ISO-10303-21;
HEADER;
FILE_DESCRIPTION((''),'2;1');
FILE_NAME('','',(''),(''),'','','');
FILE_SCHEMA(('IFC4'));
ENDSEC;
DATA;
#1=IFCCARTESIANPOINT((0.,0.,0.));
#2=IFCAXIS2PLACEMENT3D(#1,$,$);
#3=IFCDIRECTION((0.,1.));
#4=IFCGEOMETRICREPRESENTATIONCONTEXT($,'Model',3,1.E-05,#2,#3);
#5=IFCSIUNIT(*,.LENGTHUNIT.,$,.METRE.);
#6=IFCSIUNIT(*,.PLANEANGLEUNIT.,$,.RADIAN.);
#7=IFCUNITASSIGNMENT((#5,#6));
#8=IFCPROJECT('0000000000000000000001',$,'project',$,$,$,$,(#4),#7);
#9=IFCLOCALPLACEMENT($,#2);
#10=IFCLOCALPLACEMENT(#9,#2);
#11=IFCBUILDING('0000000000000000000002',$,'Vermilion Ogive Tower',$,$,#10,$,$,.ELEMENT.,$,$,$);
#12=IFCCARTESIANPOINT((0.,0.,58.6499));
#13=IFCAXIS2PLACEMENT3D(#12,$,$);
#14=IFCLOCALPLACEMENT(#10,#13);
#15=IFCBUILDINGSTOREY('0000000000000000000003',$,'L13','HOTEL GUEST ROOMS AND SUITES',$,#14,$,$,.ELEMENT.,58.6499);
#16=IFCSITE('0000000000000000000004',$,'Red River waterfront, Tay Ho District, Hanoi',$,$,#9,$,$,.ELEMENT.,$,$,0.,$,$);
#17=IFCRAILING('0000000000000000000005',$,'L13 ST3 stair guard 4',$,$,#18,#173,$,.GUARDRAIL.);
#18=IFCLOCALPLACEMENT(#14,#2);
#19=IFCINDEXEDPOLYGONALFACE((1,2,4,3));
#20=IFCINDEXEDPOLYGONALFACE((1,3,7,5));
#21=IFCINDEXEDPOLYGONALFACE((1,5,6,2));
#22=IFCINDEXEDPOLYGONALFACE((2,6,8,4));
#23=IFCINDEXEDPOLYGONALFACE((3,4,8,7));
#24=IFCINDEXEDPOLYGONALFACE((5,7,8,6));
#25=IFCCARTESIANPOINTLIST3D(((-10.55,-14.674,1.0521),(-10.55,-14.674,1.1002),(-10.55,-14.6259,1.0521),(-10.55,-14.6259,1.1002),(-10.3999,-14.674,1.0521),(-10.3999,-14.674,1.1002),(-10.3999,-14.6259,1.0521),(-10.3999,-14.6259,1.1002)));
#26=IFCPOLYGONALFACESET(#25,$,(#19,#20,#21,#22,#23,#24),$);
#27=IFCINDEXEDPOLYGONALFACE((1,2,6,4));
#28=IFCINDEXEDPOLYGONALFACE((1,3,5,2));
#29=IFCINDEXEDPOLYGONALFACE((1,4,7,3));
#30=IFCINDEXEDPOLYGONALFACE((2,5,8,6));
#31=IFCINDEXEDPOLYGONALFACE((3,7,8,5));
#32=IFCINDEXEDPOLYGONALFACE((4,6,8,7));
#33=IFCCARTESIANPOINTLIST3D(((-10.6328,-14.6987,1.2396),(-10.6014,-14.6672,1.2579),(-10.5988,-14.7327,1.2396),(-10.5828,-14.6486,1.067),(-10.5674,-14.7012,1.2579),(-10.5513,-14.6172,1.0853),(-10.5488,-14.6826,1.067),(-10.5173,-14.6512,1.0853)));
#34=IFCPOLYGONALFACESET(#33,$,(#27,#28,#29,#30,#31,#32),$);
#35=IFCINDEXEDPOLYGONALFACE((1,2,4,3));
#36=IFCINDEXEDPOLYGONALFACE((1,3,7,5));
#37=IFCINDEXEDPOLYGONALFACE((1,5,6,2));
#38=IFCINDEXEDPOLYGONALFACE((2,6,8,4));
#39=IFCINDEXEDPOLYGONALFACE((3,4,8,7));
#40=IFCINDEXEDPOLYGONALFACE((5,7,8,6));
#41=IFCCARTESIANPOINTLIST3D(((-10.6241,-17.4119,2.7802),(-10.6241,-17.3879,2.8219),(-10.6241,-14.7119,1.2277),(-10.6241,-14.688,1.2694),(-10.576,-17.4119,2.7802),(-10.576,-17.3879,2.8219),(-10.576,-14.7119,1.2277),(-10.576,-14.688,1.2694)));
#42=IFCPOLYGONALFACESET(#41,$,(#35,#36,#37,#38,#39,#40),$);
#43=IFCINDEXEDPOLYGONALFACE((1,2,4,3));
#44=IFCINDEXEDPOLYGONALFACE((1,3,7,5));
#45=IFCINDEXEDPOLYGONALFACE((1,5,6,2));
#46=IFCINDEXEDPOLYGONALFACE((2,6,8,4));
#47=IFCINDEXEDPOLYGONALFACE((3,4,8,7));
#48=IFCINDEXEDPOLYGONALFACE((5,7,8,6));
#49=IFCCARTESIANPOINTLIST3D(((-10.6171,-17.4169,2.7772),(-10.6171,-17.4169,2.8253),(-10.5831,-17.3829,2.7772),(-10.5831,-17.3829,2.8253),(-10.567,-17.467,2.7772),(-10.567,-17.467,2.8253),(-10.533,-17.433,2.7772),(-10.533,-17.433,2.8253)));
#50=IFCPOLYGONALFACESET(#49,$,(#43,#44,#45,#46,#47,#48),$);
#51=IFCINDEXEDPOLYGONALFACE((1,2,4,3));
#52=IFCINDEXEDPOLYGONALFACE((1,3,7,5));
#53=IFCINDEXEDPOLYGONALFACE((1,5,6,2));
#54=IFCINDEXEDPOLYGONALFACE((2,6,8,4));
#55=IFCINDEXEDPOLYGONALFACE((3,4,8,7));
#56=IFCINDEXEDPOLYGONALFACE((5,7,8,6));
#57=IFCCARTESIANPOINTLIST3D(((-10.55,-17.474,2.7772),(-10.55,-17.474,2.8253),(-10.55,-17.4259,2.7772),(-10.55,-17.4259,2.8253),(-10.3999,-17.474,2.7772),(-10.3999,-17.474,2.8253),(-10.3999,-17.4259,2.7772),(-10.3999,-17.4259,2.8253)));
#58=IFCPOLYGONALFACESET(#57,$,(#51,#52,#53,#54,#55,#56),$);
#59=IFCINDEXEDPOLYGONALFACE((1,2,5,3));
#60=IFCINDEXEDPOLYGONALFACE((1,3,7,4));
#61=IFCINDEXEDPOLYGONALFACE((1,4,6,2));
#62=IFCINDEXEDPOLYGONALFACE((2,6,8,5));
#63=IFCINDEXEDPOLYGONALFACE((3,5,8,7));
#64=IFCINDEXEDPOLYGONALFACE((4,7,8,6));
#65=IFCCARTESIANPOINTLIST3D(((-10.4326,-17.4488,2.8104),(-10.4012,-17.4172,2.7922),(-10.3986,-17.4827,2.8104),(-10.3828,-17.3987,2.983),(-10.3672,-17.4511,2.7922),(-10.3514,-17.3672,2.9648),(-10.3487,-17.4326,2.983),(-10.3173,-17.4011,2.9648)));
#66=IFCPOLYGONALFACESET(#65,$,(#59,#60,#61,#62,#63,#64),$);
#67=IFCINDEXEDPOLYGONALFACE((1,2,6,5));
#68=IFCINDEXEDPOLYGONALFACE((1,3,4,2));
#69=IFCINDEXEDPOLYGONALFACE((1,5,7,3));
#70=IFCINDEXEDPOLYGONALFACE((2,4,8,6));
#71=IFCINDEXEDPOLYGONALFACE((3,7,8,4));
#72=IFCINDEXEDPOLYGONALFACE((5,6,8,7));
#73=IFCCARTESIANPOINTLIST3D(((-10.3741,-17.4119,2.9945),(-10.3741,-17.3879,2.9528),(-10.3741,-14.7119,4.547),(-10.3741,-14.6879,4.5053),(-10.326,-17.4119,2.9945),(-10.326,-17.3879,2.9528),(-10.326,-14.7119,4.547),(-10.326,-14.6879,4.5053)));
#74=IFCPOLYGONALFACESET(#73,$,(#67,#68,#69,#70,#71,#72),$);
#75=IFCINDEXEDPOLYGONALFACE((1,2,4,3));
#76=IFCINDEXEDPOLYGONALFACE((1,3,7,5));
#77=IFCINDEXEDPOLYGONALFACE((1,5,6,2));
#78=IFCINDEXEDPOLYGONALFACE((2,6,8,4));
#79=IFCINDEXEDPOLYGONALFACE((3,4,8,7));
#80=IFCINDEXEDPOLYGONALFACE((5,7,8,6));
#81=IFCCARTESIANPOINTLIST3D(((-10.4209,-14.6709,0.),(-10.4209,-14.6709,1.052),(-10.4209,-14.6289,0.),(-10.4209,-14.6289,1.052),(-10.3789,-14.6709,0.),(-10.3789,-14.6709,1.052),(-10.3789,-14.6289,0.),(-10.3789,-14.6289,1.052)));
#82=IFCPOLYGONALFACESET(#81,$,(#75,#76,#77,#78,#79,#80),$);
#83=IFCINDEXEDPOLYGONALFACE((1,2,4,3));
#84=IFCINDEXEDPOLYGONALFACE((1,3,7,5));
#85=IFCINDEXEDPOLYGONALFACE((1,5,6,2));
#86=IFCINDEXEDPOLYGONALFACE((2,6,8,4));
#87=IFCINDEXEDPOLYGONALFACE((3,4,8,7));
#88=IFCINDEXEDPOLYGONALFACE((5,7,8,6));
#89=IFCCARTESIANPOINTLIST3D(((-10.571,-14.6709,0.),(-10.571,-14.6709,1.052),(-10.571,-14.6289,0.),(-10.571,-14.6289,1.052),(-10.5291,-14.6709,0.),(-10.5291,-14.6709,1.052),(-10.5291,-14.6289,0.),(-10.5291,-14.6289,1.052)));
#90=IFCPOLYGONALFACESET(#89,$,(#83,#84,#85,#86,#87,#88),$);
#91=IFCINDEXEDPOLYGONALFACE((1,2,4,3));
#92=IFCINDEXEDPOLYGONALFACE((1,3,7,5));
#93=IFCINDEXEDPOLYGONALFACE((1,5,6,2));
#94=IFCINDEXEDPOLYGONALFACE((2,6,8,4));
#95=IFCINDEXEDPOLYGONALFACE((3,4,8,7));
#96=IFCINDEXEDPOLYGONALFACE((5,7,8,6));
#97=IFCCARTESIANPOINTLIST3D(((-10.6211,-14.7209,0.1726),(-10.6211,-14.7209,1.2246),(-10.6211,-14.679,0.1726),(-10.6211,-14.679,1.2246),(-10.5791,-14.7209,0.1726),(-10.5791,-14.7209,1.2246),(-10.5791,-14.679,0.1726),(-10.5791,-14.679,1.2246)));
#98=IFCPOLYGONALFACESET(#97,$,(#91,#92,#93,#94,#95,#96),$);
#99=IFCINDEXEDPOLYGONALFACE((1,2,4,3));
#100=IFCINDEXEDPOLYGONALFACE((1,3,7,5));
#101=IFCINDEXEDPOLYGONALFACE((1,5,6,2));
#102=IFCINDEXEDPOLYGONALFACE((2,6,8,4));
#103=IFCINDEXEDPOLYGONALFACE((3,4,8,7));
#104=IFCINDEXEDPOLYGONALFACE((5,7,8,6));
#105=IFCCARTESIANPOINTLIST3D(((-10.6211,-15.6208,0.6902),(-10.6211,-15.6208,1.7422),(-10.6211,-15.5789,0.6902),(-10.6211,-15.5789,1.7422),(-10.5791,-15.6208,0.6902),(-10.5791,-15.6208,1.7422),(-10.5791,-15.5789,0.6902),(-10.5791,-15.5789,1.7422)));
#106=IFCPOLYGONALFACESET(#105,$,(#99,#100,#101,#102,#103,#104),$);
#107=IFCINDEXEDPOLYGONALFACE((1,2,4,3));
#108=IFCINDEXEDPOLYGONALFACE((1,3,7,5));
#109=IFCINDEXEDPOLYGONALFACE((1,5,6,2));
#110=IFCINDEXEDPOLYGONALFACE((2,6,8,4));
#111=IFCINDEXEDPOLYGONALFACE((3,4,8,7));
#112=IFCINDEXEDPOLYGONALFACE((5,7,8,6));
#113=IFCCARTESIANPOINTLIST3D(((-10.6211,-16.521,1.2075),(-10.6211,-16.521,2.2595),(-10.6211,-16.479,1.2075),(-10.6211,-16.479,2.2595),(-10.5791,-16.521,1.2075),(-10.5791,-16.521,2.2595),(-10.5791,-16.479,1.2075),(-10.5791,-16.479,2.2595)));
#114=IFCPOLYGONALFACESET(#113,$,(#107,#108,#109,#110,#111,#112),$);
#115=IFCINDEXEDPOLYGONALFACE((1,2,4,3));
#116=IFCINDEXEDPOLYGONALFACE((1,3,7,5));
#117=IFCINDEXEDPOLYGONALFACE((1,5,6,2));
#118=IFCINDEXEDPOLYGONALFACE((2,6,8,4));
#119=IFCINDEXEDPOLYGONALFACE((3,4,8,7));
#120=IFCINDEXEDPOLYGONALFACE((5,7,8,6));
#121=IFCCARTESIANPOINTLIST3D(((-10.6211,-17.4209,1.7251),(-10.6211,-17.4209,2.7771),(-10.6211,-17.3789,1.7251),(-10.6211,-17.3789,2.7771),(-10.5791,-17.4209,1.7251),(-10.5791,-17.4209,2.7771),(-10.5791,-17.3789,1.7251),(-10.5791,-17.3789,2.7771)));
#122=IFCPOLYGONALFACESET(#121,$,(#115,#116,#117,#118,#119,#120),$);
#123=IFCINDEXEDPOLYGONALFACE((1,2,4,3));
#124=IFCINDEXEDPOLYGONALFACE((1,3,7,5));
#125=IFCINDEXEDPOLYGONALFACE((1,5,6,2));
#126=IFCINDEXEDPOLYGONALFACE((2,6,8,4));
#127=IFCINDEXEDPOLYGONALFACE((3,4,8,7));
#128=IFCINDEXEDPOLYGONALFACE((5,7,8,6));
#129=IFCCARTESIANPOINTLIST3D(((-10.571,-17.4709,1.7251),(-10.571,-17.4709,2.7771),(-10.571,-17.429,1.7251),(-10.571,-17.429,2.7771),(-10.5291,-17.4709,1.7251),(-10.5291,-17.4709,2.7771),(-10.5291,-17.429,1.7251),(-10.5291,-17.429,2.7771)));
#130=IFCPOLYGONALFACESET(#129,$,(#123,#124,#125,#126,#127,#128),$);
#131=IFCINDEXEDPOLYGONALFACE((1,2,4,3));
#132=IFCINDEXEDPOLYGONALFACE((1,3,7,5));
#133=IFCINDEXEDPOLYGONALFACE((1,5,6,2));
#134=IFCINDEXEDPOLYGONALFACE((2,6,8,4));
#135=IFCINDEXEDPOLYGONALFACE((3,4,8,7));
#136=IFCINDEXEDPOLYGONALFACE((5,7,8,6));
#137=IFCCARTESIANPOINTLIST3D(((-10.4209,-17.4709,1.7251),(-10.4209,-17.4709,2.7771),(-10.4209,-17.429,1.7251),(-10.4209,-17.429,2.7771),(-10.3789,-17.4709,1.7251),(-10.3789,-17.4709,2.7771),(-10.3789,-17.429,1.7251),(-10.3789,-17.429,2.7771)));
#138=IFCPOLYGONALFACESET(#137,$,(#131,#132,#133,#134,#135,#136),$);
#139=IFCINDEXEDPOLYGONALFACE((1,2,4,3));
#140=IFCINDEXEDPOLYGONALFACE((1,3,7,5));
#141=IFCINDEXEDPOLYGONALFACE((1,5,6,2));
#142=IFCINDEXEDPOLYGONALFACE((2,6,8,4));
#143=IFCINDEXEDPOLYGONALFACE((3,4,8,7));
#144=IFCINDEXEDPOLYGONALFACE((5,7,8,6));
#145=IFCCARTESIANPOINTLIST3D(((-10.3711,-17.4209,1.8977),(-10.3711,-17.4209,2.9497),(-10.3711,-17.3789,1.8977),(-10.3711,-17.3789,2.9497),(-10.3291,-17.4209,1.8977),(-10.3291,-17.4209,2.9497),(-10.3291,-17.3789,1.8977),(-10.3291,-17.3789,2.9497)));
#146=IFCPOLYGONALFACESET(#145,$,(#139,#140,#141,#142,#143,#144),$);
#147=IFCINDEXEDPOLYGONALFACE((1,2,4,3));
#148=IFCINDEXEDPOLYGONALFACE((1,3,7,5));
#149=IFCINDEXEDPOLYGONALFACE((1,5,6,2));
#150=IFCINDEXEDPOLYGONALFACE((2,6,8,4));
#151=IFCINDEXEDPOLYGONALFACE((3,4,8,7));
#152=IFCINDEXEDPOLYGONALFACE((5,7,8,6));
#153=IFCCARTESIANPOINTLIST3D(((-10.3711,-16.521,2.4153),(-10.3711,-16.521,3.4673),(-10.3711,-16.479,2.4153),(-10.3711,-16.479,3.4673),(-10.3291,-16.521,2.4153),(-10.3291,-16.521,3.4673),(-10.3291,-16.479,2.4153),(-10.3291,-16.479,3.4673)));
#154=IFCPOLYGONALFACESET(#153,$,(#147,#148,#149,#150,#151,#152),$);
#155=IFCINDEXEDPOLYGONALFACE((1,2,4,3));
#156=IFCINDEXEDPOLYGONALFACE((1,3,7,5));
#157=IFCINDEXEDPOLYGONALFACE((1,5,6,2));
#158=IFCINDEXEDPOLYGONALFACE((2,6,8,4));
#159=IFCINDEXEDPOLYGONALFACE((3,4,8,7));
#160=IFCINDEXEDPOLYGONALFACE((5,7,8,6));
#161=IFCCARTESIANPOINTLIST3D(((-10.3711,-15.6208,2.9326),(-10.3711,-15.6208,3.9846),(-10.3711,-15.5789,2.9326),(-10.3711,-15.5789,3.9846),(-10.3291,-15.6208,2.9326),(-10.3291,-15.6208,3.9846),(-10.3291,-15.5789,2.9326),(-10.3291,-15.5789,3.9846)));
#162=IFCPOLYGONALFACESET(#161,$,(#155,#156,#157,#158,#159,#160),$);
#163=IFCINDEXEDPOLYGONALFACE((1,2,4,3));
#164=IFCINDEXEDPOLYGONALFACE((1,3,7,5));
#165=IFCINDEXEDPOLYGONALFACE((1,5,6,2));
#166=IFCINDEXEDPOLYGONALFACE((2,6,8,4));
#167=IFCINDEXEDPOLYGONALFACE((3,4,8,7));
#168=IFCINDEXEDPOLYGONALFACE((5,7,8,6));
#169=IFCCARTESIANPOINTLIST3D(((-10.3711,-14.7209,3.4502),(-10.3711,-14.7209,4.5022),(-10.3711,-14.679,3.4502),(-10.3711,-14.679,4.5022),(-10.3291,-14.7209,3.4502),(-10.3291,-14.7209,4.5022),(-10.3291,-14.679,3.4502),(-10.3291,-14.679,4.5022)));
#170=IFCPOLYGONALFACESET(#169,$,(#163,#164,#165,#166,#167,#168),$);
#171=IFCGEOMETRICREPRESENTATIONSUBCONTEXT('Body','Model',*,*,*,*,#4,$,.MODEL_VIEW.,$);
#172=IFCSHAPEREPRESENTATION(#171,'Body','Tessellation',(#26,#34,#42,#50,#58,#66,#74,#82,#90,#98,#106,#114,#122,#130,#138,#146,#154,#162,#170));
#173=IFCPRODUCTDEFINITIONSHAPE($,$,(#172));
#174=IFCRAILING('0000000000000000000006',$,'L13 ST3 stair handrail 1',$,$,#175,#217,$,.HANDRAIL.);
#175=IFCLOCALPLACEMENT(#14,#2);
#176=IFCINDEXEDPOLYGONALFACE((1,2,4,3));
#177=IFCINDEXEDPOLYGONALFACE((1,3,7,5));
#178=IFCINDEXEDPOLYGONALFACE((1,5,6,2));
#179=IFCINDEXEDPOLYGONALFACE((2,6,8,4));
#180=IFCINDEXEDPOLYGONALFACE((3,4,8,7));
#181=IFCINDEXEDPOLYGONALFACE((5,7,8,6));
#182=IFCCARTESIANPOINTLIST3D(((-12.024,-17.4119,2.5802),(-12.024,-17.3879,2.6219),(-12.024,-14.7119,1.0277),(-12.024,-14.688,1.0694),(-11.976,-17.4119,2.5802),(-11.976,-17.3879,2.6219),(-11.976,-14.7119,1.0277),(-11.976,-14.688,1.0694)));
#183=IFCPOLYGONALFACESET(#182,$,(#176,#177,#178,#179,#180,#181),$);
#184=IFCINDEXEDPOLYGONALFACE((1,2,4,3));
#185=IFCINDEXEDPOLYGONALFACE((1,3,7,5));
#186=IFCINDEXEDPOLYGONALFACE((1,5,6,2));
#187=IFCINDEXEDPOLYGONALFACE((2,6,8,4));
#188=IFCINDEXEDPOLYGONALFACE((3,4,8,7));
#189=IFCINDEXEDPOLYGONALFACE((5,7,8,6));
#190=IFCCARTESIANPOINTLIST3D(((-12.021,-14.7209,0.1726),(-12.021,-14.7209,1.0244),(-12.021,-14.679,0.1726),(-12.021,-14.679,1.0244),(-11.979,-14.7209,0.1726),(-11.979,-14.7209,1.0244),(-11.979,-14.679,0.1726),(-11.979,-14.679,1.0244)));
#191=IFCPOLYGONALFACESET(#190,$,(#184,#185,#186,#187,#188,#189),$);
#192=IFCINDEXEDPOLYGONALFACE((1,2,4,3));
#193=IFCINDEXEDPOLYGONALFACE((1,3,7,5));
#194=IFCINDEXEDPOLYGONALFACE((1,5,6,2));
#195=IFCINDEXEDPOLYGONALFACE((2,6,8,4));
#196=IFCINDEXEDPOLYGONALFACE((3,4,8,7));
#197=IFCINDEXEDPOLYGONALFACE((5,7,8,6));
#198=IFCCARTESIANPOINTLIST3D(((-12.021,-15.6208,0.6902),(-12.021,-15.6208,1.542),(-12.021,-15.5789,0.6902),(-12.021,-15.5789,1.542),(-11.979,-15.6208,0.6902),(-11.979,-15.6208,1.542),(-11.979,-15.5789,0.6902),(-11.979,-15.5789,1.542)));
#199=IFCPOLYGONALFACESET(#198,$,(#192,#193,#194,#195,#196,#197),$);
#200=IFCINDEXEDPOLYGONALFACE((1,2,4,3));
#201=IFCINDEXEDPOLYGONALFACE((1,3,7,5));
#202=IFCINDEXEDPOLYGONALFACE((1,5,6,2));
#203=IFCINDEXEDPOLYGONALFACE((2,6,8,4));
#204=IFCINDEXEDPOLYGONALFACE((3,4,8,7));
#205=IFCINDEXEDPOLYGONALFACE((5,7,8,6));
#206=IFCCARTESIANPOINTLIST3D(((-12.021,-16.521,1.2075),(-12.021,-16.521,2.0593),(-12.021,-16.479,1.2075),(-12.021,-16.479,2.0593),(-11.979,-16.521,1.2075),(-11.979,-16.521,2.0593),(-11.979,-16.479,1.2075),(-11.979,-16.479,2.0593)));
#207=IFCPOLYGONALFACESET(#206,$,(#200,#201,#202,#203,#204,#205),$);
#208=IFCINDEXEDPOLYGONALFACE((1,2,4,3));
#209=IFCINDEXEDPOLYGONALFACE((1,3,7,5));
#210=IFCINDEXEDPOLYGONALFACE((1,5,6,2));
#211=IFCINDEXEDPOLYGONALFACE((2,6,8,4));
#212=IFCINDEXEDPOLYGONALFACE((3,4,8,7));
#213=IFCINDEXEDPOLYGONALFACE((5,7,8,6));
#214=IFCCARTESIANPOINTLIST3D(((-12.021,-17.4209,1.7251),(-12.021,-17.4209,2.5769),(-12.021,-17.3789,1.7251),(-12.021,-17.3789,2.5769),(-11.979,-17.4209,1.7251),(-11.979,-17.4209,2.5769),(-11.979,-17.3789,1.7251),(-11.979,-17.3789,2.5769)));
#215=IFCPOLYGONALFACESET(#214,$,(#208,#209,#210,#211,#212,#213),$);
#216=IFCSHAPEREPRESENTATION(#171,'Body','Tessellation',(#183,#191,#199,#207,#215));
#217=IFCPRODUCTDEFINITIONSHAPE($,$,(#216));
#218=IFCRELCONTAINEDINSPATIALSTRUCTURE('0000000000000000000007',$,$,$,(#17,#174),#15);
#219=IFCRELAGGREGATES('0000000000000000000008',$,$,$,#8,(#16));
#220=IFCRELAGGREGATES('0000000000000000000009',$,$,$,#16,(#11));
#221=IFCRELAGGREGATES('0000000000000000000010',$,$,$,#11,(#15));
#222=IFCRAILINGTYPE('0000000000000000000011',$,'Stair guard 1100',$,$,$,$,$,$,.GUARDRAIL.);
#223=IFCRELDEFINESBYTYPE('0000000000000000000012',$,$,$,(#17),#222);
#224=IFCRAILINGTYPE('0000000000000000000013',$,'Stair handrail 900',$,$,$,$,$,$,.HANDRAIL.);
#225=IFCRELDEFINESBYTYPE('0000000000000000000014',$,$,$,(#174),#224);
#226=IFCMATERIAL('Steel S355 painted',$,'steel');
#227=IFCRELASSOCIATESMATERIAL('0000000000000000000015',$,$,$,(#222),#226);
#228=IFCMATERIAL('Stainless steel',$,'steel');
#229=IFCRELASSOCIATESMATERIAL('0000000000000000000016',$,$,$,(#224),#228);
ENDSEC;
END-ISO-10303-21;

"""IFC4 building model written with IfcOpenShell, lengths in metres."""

from ifc_helpers import new_model, si_unit, direction, frame, origin, origin_2d, place, context, subcontext, project, spatial, rectangle, extrude, material, type_object, element, save


model = new_model("IFC4")

# Units and contexts
model_context = context("Model", 3, precision=1e-05, world=origin(), true_north=direction((0.0, 1.0)))
body_context = subcontext(model_context, "Body", "Model", "MODEL_VIEW")
ifc_project = project(units=[si_unit("LENGTHUNIT", "METRE"), si_unit("PLANEANGLEUNIT", "RADIAN")], contexts=[model_context])

# Site, building, storey
site_placement = place(None, origin())
site = spatial("IfcSite", under=ifc_project, at=site_placement, Name="Red River waterfront, Tay Ho District, Hanoi", CompositionType="ELEMENT", RefElevation=0.0)
building_placement = place(site_placement, origin())
building = spatial("IfcBuilding", under=site, at=building_placement, Name="Vermilion Ogive Tower", CompositionType="ELEMENT")
storey_placement = place(building_placement, frame((0.0, 0.0, 58.6499)))
storey = spatial("IfcBuildingStorey", under=building, at=storey_placement, Name="L13", Description="HOTEL GUEST ROOMS AND SUITES", CompositionType="ELEMENT", Elevation=58.6499)

# Railings
ifc_material_1 = material(Name="Steel S355 painted", Category="steel")
railing_type_1 = type_object("IfcRailingType", Name="Stair guard 1100", PredefinedType="GUARDRAIL", material=ifc_material_1)
railing_1_placement = place(storey_placement, frame((-10.3999, -14.6499, 0.0)))
element("IfcRailing", 1, at=railing_1_placement, inside=storey, type_object=railing_type_1, Name="L13 ST3 stair guard 4", PredefinedType="GUARDRAIL", context=body_context, shape_type="SweptSolid", body=[
    extrude(rectangle(XDim=0.0481, YDim=0.0481, at=origin_2d()), frame((0.0, 0.0, 1.0762), z_axis=(-1.0, 0.0, 0.0), x_axis=(0.0, -1.0, 0.0)), (0.0, 0.0, 1.0), 0.1501),
    extrude(rectangle(XDim=0.0481, YDim=0.0481, at=origin_2d()), frame((-0.1501, 0.0, 1.0762), z_axis=(-0.268278, -0.268278, 0.925232), x_axis=(0.707107, -0.707107, 0.0)), (0.0, 0.0, 1.0), 0.1865),
    extrude(rectangle(XDim=0.0481, YDim=0.0481, at=origin_2d()), frame((-0.2002, -0.05, 1.2485), z_axis=(0.0, -0.866904, 0.498476), x_axis=(1.0, 0.0, 0.0)), (0.0, 0.0, 1.0), 3.1145),
    extrude(rectangle(XDim=0.0481, YDim=0.0481, at=origin_2d()), frame((-0.2002, -2.75, 2.8013), z_axis=(0.707107, -0.707107, 0.0), x_axis=(0.707107, 0.707107, 0.0)), (0.0, 0.0, 1.0), 0.0708),
    extrude(rectangle(XDim=0.0481, YDim=0.0481, at=origin_2d()), frame((-0.1501, -2.8, 2.8013), z_axis=(1.0, 0.0, 0.0), x_axis=(0.0, 1.0, 0.0)), (0.0, 0.0, 1.0), 0.1501),
    extrude(rectangle(XDim=0.0481, YDim=0.0481, at=origin_2d()), frame((0.0, -2.8, 2.8013), z_axis=(0.267063, 0.268372, 0.925556), x_axis=(-0.708834, 0.705376, 0.0)), (0.0, 0.0, 1.0), 0.1865),
    extrude(rectangle(XDim=0.0481, YDim=0.0481, at=origin_2d()), frame((0.0498, -2.75, 2.9736), z_axis=(0.0, 0.866904, 0.498476), x_axis=(-1.0, 0.0, 0.0)), (0.0, 0.0, 1.0), 3.1145),
    extrude(rectangle(XDim=0.042, YDim=0.042, at=origin_2d()), origin(), (0.0, 0.0, 1.0), 1.052),
    extrude(rectangle(XDim=0.042, YDim=0.042, at=origin_2d()), frame((-0.1501, 0.0, 0.0)), (0.0, 0.0, 1.0), 1.052),
    extrude(rectangle(XDim=0.042, YDim=0.042, at=origin_2d()), frame((-0.2002, -0.05, 0.1726)), (0.0, 0.0, 1.0), 1.052),
    extrude(rectangle(XDim=0.042, YDim=0.042, at=origin_2d()), frame((-0.2002, -0.95, 0.6902)), (0.0, 0.0, 1.0), 1.052),
    extrude(rectangle(XDim=0.042, YDim=0.042, at=origin_2d()), frame((-0.2002, -1.8501, 1.2075)), (0.0, 0.0, 1.0), 1.052),
    extrude(rectangle(XDim=0.042, YDim=0.042, at=origin_2d()), frame((-0.2002, -2.75, 1.7251)), (0.0, 0.0, 1.0), 1.052),
    extrude(rectangle(XDim=0.042, YDim=0.042, at=origin_2d()), frame((-0.1501, -2.8, 1.7251)), (0.0, 0.0, 1.0), 1.052),
    extrude(rectangle(XDim=0.042, YDim=0.042, at=origin_2d()), frame((0.0, -2.8, 1.7251)), (0.0, 0.0, 1.0), 1.052),
    extrude(rectangle(XDim=0.042, YDim=0.042, at=origin_2d()), frame((0.0498, -2.75, 1.8977)), (0.0, 0.0, 1.0), 1.052),
    extrude(rectangle(XDim=0.042, YDim=0.042, at=origin_2d()), frame((0.0498, -1.8501, 2.4153)), (0.0, 0.0, 1.0), 1.052),
    extrude(rectangle(XDim=0.042, YDim=0.042, at=origin_2d()), frame((0.0498, -0.95, 2.9326)), (0.0, 0.0, 1.0), 1.052),
    extrude(rectangle(XDim=0.042, YDim=0.042, at=origin_2d()), frame((0.0498, -0.05, 3.4502)), (0.0, 0.0, 1.0), 1.052),
])
ifc_material_2 = material(Name="Stainless steel", Category="steel")
railing_type_2 = type_object("IfcRailingType", Name="Stair handrail 900", PredefinedType="HANDRAIL", material=ifc_material_2)
railing_2_placement = place(storey_placement, frame((-12.0, -14.7, 0.1726)))
element("IfcRailing", 2, at=railing_2_placement, inside=storey, type_object=railing_type_2, Name="L13 ST3 stair handrail 1", PredefinedType="HANDRAIL", context=body_context, shape_type="SweptSolid", body=[
    extrude(rectangle(XDim=0.0481, YDim=0.0481, at=origin_2d()), frame((0.0, 0.0, 0.876), z_axis=(0.0, -0.866904, 0.498476), x_axis=(1.0, 0.0, 0.0)), (0.0, 0.0, 1.0), 3.1145),
    extrude(rectangle(XDim=0.042, YDim=0.042, at=origin_2d()), origin(), (0.0, 0.0, 1.0), 0.8518),
    extrude(rectangle(XDim=0.042, YDim=0.042, at=origin_2d()), frame((0.0, -0.8999, 0.5176)), (0.0, 0.0, 1.0), 0.8518),
    extrude(rectangle(XDim=0.042, YDim=0.042, at=origin_2d()), frame((0.0, -1.8, 1.0349)), (0.0, 0.0, 1.0), 0.8518),
    extrude(rectangle(XDim=0.042, YDim=0.042, at=origin_2d()), frame((0.0, -2.7, 1.5525)), (0.0, 0.0, 1.0), 0.8518),
])

save(model, "model.ifc")
